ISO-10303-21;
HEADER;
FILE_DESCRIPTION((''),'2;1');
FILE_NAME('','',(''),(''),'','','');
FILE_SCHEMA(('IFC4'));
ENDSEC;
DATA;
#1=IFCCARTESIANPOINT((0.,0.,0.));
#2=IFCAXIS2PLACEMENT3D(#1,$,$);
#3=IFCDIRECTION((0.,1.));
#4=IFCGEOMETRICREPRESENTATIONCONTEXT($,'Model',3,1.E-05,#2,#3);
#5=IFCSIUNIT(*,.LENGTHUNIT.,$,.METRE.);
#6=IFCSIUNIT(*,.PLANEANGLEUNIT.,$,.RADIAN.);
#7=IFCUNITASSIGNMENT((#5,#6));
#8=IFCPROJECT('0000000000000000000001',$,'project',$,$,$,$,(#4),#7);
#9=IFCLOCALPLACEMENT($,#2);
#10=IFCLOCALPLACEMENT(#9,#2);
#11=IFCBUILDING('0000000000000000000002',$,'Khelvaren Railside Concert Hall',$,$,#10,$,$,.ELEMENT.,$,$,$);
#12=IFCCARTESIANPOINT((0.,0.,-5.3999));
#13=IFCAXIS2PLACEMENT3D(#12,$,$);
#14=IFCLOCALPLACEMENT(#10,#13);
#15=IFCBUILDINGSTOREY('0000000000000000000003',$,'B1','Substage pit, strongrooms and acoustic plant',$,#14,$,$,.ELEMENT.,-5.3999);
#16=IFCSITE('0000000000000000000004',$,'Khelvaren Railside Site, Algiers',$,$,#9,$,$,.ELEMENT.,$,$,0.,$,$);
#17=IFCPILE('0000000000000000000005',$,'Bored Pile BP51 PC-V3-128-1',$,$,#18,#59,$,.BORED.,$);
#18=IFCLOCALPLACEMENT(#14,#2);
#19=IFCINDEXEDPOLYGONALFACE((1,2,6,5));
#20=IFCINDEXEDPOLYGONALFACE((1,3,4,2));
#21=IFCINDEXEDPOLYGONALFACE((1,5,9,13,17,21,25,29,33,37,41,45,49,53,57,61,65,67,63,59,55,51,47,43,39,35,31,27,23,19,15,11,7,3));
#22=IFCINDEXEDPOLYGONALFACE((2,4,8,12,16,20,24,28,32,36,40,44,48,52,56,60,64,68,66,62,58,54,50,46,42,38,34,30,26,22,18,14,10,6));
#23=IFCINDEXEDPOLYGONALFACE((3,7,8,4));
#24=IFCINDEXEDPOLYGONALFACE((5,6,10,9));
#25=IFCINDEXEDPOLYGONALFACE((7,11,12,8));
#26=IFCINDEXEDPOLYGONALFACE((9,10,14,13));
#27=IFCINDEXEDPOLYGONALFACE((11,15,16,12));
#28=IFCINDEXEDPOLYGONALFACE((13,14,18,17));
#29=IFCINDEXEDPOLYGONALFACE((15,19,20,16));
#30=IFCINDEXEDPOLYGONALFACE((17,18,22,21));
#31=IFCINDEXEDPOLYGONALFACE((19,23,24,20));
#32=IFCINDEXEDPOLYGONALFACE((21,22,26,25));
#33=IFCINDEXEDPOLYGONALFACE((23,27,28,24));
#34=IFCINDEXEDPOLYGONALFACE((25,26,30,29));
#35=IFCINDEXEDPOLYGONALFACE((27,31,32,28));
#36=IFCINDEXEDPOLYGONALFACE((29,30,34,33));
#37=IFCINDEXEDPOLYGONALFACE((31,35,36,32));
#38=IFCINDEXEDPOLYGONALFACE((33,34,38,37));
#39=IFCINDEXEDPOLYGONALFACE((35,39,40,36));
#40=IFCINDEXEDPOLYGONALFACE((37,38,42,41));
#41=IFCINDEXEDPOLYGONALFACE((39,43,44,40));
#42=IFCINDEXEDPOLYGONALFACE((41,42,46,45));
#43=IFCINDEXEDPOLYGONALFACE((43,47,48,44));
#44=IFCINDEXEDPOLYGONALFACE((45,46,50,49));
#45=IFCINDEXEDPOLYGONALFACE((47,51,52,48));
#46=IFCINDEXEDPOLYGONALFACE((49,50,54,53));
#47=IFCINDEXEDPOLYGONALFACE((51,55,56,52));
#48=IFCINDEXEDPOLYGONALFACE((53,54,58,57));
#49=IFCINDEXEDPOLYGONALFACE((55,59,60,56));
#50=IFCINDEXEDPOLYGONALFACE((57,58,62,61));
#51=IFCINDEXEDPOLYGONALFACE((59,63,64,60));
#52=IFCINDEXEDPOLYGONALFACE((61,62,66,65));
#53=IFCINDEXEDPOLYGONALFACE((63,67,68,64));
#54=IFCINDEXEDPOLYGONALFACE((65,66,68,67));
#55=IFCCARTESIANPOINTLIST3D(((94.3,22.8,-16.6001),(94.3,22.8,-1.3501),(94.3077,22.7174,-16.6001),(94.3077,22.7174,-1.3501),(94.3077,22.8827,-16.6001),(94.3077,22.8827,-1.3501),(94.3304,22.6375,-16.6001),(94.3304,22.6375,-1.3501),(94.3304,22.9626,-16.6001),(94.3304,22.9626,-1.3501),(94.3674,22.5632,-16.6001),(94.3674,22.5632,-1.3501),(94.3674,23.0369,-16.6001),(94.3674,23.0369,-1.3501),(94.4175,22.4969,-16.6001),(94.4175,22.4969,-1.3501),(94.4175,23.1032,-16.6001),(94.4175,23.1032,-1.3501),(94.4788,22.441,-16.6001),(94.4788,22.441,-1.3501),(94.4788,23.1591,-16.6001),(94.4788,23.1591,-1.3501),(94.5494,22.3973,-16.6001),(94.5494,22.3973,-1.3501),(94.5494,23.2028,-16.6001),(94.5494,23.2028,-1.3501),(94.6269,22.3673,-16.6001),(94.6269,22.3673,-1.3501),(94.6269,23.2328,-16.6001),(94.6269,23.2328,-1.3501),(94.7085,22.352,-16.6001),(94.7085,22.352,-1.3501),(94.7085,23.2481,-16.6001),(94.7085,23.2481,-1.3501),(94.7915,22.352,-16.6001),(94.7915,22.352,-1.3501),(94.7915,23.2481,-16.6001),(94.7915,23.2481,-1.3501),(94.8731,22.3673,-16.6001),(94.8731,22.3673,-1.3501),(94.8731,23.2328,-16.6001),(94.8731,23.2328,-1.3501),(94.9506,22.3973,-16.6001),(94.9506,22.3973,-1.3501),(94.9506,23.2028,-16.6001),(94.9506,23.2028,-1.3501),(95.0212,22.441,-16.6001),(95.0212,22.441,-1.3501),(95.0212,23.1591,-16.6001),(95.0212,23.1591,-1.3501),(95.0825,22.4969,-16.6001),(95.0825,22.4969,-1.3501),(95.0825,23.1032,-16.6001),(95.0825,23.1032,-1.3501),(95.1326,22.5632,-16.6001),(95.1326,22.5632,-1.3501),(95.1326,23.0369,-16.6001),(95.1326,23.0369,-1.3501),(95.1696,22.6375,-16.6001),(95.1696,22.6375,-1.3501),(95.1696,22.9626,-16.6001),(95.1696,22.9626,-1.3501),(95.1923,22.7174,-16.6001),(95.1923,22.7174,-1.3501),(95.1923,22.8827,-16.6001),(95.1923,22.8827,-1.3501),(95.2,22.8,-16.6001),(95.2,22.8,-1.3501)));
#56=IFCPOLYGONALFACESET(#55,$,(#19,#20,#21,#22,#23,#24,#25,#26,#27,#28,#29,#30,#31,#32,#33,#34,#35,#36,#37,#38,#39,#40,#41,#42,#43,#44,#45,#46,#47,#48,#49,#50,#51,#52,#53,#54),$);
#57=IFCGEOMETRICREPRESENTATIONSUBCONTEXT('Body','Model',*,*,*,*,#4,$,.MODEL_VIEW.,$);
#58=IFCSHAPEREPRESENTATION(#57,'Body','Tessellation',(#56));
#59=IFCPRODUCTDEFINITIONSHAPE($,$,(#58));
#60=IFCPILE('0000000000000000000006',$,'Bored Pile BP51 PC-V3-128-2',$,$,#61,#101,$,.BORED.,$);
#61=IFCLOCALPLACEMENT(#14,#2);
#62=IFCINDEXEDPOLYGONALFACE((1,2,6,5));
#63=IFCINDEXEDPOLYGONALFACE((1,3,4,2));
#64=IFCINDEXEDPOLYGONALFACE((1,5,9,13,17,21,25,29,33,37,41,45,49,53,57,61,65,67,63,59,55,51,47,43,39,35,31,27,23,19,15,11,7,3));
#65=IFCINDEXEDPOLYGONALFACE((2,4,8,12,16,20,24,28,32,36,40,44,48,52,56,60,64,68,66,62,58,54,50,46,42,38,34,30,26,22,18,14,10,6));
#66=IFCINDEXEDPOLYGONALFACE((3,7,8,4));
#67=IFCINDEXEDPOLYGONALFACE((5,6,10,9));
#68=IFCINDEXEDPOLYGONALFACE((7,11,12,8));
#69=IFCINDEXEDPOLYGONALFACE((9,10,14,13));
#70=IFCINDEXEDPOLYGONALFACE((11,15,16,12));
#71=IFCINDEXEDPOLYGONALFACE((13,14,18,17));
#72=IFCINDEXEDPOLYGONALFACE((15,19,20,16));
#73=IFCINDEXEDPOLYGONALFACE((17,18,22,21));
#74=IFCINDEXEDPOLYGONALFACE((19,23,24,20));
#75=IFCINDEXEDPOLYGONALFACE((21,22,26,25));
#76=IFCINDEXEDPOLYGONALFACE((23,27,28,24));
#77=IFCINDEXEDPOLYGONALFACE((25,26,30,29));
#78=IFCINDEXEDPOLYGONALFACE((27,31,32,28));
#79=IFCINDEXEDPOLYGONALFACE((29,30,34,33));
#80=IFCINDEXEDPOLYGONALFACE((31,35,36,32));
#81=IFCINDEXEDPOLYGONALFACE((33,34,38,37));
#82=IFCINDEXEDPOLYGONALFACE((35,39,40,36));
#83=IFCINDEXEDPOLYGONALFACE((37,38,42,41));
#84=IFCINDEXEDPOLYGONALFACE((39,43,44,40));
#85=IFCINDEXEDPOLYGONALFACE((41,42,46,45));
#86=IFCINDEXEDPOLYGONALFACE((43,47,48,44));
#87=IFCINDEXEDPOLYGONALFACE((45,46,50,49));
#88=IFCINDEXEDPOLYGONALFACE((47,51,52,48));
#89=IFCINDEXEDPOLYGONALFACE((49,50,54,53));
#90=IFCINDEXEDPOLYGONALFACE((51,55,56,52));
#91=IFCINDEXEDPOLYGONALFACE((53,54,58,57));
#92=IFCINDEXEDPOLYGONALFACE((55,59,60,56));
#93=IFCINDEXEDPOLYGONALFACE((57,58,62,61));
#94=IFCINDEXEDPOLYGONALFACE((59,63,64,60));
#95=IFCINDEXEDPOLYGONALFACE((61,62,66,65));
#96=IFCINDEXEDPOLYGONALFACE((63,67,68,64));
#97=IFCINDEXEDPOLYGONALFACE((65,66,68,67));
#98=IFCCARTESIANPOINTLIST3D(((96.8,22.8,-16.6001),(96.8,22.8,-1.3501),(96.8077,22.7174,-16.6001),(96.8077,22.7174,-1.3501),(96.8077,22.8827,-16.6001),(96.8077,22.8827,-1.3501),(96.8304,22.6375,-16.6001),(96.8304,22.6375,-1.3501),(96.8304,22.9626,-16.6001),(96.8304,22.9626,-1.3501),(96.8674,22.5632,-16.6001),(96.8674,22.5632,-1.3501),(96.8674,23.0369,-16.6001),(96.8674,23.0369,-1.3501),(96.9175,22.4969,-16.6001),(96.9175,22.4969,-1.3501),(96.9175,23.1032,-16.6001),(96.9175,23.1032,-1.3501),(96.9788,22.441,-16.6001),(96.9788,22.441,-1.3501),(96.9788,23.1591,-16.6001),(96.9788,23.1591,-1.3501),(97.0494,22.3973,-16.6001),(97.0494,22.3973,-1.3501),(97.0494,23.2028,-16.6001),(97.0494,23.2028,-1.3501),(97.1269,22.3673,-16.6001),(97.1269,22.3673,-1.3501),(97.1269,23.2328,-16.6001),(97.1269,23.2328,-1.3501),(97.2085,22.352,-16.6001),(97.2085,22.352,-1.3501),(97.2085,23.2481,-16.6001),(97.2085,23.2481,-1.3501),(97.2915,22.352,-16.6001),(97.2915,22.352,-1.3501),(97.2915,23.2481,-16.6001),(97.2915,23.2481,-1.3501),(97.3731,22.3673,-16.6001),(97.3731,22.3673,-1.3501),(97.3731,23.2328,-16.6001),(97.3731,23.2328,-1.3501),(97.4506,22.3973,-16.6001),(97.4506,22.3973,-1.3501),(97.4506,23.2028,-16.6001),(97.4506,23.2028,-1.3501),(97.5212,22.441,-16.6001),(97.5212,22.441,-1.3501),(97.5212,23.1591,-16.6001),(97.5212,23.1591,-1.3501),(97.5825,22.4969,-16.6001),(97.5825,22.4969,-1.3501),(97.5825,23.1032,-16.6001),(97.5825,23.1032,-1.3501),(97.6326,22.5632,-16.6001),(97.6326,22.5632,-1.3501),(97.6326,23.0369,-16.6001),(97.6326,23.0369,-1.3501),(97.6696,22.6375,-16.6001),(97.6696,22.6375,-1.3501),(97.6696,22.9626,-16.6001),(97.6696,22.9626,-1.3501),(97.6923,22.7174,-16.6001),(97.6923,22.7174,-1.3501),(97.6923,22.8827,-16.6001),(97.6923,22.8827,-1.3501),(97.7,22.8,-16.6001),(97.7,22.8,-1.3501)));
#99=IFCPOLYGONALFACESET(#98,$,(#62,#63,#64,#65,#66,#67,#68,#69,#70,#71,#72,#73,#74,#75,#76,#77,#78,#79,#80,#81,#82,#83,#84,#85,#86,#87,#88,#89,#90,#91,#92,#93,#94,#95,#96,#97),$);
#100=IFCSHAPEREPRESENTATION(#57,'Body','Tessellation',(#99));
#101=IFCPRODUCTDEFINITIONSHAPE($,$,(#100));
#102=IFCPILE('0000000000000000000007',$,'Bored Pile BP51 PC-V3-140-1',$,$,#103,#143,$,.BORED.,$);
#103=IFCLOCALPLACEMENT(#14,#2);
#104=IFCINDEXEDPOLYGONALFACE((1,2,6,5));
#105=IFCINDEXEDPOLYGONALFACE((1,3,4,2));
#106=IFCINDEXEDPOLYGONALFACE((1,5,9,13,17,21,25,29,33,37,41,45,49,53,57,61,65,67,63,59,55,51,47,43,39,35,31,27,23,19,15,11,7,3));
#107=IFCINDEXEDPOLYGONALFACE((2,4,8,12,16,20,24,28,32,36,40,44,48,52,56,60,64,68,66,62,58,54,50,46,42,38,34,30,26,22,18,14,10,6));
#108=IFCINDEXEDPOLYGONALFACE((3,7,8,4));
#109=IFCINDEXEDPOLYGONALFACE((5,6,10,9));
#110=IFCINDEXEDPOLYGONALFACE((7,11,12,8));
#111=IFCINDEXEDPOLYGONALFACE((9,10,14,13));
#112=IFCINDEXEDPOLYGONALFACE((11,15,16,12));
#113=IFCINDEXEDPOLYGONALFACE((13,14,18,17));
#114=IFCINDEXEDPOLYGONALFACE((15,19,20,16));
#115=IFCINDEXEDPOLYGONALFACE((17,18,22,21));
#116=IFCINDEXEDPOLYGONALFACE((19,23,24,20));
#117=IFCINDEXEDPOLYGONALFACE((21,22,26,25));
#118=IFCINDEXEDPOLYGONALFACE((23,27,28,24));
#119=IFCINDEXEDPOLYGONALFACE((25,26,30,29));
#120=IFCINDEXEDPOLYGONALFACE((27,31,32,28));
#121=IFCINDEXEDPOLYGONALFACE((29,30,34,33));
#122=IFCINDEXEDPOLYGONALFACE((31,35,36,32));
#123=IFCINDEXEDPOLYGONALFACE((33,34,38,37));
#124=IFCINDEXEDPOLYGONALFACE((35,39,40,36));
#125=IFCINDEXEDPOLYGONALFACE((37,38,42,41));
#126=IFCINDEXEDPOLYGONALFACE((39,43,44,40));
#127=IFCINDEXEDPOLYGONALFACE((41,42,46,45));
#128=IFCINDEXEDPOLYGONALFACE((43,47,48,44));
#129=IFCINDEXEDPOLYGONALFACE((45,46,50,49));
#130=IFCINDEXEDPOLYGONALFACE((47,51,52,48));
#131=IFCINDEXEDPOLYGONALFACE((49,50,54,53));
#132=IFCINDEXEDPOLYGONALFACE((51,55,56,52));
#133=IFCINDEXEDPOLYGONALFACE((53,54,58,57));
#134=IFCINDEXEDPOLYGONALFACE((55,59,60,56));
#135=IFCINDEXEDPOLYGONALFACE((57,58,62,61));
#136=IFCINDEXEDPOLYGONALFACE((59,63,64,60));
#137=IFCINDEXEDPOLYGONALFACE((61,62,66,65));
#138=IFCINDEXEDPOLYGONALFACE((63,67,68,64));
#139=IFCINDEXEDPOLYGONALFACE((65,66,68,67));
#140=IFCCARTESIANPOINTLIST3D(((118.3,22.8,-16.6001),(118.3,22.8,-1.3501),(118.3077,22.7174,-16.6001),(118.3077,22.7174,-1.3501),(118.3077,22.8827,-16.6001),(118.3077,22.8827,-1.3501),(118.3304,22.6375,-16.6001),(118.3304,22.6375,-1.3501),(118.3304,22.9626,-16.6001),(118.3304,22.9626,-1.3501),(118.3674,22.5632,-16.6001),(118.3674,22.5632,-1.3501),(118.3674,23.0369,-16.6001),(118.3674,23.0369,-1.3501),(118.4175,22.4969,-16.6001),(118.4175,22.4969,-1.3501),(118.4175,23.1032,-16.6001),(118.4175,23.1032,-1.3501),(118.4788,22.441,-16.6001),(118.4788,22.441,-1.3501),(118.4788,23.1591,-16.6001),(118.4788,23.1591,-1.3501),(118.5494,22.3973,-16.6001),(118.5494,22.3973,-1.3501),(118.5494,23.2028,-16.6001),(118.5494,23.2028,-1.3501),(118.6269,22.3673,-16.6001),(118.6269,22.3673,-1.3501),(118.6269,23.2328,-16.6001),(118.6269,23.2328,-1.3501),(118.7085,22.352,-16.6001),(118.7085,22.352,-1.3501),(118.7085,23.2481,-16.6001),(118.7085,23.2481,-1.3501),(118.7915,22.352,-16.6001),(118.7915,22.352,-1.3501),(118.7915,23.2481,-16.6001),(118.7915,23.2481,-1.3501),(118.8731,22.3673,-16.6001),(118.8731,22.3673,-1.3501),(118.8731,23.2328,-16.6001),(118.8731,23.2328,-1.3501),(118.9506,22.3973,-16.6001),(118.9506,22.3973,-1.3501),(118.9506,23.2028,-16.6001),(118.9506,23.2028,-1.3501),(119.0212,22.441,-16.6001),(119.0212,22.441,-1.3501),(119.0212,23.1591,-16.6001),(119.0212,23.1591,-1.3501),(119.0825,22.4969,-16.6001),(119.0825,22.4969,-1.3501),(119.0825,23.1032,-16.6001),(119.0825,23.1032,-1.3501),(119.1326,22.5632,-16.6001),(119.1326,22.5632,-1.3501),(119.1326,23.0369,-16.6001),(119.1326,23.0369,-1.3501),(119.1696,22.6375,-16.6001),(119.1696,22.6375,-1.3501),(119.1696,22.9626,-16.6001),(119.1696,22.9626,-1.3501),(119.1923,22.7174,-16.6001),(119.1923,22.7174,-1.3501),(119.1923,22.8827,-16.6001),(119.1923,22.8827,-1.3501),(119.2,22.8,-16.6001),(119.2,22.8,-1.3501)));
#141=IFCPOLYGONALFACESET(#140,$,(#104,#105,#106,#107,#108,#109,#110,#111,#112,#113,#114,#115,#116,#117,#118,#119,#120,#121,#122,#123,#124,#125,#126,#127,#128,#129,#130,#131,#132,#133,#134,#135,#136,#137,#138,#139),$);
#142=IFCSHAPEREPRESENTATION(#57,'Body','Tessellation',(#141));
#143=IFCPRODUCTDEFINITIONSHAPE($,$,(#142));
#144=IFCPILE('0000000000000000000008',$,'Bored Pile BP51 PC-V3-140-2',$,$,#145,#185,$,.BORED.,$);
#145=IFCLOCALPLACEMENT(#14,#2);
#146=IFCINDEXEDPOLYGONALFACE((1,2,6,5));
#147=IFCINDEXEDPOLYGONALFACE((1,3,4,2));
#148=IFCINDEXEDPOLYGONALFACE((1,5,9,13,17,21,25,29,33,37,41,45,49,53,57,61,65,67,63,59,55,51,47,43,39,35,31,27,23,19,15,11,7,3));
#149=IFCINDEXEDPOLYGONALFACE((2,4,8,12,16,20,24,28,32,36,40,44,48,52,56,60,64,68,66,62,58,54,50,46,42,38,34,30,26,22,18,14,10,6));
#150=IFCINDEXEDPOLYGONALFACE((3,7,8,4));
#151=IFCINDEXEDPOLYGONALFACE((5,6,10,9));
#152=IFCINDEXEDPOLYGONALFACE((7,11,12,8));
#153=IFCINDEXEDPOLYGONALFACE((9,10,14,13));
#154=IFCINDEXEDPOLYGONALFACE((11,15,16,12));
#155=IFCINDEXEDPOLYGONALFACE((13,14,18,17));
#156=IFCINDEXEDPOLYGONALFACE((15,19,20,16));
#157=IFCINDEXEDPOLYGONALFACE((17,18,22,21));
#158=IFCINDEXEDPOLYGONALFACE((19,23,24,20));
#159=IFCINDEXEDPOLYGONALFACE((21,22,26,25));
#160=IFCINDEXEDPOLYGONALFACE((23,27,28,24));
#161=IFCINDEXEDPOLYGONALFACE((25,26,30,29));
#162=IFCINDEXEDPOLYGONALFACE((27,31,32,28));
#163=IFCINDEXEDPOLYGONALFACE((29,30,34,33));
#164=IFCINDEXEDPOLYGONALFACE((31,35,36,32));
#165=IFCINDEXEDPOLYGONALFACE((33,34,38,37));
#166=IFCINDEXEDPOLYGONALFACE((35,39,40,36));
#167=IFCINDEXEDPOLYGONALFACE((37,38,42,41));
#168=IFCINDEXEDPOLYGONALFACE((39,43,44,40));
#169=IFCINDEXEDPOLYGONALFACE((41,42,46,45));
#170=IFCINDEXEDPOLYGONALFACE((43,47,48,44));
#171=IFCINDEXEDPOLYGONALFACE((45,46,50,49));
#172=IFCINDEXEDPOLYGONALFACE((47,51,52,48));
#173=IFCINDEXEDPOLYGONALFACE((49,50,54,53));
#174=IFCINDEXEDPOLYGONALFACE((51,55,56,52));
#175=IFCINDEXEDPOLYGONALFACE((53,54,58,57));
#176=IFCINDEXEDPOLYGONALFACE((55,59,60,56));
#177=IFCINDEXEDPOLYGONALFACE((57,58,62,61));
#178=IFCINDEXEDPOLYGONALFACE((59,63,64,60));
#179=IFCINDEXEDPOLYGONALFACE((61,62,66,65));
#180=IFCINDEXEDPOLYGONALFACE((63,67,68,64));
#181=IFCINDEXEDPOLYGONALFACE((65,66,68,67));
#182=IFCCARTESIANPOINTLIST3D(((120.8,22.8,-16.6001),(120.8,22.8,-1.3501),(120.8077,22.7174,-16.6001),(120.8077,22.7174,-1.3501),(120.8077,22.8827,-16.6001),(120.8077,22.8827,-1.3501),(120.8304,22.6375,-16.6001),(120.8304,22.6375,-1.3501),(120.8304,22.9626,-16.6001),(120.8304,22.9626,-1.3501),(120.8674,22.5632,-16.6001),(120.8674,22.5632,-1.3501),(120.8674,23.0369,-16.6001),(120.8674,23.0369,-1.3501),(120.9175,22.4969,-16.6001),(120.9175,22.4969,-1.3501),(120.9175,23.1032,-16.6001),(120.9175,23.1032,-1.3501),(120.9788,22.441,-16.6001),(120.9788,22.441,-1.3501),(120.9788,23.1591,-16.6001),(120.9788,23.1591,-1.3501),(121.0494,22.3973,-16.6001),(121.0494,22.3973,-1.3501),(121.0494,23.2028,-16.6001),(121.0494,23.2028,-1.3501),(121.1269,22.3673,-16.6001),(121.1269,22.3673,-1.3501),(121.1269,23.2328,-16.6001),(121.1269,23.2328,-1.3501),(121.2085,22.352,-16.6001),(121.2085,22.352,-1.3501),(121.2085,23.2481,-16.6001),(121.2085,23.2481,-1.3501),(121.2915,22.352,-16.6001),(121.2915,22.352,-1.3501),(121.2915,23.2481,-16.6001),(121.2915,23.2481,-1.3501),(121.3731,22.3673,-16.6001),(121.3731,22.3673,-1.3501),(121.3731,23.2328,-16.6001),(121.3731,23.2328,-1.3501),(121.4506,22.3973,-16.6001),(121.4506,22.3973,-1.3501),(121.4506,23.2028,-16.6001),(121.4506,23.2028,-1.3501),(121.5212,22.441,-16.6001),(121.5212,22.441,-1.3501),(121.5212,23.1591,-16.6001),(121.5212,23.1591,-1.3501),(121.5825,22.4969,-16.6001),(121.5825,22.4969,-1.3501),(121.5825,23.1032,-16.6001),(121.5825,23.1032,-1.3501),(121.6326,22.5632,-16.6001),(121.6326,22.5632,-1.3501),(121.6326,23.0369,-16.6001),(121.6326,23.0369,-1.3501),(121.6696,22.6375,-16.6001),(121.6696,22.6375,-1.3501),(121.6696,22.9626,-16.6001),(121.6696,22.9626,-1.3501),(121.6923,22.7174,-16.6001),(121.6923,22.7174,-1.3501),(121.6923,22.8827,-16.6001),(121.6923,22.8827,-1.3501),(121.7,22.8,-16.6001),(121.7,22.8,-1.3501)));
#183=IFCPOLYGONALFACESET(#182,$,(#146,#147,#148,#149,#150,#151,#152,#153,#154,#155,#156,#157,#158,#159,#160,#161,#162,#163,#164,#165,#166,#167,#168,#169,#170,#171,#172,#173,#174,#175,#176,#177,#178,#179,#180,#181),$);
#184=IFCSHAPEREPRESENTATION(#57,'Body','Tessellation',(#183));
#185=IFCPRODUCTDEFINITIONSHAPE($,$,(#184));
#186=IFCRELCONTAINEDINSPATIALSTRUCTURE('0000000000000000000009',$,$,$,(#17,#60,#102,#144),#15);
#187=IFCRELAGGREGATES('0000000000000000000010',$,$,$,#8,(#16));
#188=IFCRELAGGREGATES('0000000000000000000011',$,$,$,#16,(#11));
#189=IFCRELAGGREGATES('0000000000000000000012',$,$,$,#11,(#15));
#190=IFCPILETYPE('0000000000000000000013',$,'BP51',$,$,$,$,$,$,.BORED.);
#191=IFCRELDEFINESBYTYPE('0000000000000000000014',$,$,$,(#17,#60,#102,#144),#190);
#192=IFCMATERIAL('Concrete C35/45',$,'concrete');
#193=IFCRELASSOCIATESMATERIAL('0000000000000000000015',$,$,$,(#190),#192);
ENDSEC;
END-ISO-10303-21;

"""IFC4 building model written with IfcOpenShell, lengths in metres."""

from ifc_helpers import new_model, si_unit, direction, frame, origin, origin_2d, place, context, subcontext, project, spatial, circle, extrude, material, material_profile, profile_set, type_object, element, save


model = new_model("IFC4")

# Units and contexts
model_context = context("Model", 3, precision=1e-05, world=origin(), true_north=direction((0.0, 1.0)))
body_context = subcontext(model_context, "Body", "Model", "MODEL_VIEW")
ifc_project = project(units=[si_unit("LENGTHUNIT", "METRE"), si_unit("PLANEANGLEUNIT", "RADIAN")], contexts=[model_context])

# Site, building, storey
site_placement = place(None, origin())
site = spatial("IfcSite", under=ifc_project, at=site_placement, Name="Khelvaren Railside Site, Algiers", CompositionType="ELEMENT", RefElevation=0.0)
building_placement = place(site_placement, origin())
building = spatial("IfcBuilding", under=site, at=building_placement, Name="Khelvaren Railside Concert Hall", CompositionType="ELEMENT")
storey_placement = place(building_placement, frame((0.0, 0.0, -5.3999)))
storey = spatial("IfcBuildingStorey", under=building, at=storey_placement, Name="B1", Description="Substage pit, strongrooms and acoustic plant", CompositionType="ELEMENT", Elevation=-5.3999)

# Piles
ifc_material_1 = material(Name="Concrete C35/45", Category="concrete")
ifc_material_profile_1 = material_profile(ifc_material_1, circle(Radius=0.45, at=origin_2d()), Name="BP D900")
ifc_profile_set_1 = profile_set([ifc_material_profile_1], Name="Concrete C35/45")
pile_type_1 = type_object("IfcPileType", Name="BP51", PredefinedType="BORED", material=ifc_profile_set_1)
for number, where, z_axis, x_axis, name in (
    (1, (94.75, 22.8, -1.3501), (0.0, 0.0, -1.0), (1.0, 0.0, 0.0), "Bored Pile BP51 PC-V3-128-1"),
    (2, (97.25, 22.8, -1.3501), (0.0, 0.0, -1.0), (1.0, 0.0, 0.0), "Bored Pile BP51 PC-V3-128-2"),
    (3, (118.75, 22.8, -1.3501), (0.0, 0.0, -1.0), (1.0, 0.0, 0.0), "Bored Pile BP51 PC-V3-140-1"),
    (4, (121.25, 22.8, -1.3501), (0.0, 0.0, -1.0), (1.0, 0.0, 0.0), "Bored Pile BP51 PC-V3-140-2"),
):
    element("IfcPile", number, at=place(storey_placement, frame(where, z_axis=z_axis, x_axis=x_axis)), inside=storey, type_object=pile_type_1, Name=name, PredefinedType="BORED", context=body_context, shape_type="SweptSolid", body=[
        extrude(circle(Radius=0.45, at=origin_2d()), origin(), (0.0, 0.0, 1.0), 15.25),
    ])

save(model, "model.ifc")
